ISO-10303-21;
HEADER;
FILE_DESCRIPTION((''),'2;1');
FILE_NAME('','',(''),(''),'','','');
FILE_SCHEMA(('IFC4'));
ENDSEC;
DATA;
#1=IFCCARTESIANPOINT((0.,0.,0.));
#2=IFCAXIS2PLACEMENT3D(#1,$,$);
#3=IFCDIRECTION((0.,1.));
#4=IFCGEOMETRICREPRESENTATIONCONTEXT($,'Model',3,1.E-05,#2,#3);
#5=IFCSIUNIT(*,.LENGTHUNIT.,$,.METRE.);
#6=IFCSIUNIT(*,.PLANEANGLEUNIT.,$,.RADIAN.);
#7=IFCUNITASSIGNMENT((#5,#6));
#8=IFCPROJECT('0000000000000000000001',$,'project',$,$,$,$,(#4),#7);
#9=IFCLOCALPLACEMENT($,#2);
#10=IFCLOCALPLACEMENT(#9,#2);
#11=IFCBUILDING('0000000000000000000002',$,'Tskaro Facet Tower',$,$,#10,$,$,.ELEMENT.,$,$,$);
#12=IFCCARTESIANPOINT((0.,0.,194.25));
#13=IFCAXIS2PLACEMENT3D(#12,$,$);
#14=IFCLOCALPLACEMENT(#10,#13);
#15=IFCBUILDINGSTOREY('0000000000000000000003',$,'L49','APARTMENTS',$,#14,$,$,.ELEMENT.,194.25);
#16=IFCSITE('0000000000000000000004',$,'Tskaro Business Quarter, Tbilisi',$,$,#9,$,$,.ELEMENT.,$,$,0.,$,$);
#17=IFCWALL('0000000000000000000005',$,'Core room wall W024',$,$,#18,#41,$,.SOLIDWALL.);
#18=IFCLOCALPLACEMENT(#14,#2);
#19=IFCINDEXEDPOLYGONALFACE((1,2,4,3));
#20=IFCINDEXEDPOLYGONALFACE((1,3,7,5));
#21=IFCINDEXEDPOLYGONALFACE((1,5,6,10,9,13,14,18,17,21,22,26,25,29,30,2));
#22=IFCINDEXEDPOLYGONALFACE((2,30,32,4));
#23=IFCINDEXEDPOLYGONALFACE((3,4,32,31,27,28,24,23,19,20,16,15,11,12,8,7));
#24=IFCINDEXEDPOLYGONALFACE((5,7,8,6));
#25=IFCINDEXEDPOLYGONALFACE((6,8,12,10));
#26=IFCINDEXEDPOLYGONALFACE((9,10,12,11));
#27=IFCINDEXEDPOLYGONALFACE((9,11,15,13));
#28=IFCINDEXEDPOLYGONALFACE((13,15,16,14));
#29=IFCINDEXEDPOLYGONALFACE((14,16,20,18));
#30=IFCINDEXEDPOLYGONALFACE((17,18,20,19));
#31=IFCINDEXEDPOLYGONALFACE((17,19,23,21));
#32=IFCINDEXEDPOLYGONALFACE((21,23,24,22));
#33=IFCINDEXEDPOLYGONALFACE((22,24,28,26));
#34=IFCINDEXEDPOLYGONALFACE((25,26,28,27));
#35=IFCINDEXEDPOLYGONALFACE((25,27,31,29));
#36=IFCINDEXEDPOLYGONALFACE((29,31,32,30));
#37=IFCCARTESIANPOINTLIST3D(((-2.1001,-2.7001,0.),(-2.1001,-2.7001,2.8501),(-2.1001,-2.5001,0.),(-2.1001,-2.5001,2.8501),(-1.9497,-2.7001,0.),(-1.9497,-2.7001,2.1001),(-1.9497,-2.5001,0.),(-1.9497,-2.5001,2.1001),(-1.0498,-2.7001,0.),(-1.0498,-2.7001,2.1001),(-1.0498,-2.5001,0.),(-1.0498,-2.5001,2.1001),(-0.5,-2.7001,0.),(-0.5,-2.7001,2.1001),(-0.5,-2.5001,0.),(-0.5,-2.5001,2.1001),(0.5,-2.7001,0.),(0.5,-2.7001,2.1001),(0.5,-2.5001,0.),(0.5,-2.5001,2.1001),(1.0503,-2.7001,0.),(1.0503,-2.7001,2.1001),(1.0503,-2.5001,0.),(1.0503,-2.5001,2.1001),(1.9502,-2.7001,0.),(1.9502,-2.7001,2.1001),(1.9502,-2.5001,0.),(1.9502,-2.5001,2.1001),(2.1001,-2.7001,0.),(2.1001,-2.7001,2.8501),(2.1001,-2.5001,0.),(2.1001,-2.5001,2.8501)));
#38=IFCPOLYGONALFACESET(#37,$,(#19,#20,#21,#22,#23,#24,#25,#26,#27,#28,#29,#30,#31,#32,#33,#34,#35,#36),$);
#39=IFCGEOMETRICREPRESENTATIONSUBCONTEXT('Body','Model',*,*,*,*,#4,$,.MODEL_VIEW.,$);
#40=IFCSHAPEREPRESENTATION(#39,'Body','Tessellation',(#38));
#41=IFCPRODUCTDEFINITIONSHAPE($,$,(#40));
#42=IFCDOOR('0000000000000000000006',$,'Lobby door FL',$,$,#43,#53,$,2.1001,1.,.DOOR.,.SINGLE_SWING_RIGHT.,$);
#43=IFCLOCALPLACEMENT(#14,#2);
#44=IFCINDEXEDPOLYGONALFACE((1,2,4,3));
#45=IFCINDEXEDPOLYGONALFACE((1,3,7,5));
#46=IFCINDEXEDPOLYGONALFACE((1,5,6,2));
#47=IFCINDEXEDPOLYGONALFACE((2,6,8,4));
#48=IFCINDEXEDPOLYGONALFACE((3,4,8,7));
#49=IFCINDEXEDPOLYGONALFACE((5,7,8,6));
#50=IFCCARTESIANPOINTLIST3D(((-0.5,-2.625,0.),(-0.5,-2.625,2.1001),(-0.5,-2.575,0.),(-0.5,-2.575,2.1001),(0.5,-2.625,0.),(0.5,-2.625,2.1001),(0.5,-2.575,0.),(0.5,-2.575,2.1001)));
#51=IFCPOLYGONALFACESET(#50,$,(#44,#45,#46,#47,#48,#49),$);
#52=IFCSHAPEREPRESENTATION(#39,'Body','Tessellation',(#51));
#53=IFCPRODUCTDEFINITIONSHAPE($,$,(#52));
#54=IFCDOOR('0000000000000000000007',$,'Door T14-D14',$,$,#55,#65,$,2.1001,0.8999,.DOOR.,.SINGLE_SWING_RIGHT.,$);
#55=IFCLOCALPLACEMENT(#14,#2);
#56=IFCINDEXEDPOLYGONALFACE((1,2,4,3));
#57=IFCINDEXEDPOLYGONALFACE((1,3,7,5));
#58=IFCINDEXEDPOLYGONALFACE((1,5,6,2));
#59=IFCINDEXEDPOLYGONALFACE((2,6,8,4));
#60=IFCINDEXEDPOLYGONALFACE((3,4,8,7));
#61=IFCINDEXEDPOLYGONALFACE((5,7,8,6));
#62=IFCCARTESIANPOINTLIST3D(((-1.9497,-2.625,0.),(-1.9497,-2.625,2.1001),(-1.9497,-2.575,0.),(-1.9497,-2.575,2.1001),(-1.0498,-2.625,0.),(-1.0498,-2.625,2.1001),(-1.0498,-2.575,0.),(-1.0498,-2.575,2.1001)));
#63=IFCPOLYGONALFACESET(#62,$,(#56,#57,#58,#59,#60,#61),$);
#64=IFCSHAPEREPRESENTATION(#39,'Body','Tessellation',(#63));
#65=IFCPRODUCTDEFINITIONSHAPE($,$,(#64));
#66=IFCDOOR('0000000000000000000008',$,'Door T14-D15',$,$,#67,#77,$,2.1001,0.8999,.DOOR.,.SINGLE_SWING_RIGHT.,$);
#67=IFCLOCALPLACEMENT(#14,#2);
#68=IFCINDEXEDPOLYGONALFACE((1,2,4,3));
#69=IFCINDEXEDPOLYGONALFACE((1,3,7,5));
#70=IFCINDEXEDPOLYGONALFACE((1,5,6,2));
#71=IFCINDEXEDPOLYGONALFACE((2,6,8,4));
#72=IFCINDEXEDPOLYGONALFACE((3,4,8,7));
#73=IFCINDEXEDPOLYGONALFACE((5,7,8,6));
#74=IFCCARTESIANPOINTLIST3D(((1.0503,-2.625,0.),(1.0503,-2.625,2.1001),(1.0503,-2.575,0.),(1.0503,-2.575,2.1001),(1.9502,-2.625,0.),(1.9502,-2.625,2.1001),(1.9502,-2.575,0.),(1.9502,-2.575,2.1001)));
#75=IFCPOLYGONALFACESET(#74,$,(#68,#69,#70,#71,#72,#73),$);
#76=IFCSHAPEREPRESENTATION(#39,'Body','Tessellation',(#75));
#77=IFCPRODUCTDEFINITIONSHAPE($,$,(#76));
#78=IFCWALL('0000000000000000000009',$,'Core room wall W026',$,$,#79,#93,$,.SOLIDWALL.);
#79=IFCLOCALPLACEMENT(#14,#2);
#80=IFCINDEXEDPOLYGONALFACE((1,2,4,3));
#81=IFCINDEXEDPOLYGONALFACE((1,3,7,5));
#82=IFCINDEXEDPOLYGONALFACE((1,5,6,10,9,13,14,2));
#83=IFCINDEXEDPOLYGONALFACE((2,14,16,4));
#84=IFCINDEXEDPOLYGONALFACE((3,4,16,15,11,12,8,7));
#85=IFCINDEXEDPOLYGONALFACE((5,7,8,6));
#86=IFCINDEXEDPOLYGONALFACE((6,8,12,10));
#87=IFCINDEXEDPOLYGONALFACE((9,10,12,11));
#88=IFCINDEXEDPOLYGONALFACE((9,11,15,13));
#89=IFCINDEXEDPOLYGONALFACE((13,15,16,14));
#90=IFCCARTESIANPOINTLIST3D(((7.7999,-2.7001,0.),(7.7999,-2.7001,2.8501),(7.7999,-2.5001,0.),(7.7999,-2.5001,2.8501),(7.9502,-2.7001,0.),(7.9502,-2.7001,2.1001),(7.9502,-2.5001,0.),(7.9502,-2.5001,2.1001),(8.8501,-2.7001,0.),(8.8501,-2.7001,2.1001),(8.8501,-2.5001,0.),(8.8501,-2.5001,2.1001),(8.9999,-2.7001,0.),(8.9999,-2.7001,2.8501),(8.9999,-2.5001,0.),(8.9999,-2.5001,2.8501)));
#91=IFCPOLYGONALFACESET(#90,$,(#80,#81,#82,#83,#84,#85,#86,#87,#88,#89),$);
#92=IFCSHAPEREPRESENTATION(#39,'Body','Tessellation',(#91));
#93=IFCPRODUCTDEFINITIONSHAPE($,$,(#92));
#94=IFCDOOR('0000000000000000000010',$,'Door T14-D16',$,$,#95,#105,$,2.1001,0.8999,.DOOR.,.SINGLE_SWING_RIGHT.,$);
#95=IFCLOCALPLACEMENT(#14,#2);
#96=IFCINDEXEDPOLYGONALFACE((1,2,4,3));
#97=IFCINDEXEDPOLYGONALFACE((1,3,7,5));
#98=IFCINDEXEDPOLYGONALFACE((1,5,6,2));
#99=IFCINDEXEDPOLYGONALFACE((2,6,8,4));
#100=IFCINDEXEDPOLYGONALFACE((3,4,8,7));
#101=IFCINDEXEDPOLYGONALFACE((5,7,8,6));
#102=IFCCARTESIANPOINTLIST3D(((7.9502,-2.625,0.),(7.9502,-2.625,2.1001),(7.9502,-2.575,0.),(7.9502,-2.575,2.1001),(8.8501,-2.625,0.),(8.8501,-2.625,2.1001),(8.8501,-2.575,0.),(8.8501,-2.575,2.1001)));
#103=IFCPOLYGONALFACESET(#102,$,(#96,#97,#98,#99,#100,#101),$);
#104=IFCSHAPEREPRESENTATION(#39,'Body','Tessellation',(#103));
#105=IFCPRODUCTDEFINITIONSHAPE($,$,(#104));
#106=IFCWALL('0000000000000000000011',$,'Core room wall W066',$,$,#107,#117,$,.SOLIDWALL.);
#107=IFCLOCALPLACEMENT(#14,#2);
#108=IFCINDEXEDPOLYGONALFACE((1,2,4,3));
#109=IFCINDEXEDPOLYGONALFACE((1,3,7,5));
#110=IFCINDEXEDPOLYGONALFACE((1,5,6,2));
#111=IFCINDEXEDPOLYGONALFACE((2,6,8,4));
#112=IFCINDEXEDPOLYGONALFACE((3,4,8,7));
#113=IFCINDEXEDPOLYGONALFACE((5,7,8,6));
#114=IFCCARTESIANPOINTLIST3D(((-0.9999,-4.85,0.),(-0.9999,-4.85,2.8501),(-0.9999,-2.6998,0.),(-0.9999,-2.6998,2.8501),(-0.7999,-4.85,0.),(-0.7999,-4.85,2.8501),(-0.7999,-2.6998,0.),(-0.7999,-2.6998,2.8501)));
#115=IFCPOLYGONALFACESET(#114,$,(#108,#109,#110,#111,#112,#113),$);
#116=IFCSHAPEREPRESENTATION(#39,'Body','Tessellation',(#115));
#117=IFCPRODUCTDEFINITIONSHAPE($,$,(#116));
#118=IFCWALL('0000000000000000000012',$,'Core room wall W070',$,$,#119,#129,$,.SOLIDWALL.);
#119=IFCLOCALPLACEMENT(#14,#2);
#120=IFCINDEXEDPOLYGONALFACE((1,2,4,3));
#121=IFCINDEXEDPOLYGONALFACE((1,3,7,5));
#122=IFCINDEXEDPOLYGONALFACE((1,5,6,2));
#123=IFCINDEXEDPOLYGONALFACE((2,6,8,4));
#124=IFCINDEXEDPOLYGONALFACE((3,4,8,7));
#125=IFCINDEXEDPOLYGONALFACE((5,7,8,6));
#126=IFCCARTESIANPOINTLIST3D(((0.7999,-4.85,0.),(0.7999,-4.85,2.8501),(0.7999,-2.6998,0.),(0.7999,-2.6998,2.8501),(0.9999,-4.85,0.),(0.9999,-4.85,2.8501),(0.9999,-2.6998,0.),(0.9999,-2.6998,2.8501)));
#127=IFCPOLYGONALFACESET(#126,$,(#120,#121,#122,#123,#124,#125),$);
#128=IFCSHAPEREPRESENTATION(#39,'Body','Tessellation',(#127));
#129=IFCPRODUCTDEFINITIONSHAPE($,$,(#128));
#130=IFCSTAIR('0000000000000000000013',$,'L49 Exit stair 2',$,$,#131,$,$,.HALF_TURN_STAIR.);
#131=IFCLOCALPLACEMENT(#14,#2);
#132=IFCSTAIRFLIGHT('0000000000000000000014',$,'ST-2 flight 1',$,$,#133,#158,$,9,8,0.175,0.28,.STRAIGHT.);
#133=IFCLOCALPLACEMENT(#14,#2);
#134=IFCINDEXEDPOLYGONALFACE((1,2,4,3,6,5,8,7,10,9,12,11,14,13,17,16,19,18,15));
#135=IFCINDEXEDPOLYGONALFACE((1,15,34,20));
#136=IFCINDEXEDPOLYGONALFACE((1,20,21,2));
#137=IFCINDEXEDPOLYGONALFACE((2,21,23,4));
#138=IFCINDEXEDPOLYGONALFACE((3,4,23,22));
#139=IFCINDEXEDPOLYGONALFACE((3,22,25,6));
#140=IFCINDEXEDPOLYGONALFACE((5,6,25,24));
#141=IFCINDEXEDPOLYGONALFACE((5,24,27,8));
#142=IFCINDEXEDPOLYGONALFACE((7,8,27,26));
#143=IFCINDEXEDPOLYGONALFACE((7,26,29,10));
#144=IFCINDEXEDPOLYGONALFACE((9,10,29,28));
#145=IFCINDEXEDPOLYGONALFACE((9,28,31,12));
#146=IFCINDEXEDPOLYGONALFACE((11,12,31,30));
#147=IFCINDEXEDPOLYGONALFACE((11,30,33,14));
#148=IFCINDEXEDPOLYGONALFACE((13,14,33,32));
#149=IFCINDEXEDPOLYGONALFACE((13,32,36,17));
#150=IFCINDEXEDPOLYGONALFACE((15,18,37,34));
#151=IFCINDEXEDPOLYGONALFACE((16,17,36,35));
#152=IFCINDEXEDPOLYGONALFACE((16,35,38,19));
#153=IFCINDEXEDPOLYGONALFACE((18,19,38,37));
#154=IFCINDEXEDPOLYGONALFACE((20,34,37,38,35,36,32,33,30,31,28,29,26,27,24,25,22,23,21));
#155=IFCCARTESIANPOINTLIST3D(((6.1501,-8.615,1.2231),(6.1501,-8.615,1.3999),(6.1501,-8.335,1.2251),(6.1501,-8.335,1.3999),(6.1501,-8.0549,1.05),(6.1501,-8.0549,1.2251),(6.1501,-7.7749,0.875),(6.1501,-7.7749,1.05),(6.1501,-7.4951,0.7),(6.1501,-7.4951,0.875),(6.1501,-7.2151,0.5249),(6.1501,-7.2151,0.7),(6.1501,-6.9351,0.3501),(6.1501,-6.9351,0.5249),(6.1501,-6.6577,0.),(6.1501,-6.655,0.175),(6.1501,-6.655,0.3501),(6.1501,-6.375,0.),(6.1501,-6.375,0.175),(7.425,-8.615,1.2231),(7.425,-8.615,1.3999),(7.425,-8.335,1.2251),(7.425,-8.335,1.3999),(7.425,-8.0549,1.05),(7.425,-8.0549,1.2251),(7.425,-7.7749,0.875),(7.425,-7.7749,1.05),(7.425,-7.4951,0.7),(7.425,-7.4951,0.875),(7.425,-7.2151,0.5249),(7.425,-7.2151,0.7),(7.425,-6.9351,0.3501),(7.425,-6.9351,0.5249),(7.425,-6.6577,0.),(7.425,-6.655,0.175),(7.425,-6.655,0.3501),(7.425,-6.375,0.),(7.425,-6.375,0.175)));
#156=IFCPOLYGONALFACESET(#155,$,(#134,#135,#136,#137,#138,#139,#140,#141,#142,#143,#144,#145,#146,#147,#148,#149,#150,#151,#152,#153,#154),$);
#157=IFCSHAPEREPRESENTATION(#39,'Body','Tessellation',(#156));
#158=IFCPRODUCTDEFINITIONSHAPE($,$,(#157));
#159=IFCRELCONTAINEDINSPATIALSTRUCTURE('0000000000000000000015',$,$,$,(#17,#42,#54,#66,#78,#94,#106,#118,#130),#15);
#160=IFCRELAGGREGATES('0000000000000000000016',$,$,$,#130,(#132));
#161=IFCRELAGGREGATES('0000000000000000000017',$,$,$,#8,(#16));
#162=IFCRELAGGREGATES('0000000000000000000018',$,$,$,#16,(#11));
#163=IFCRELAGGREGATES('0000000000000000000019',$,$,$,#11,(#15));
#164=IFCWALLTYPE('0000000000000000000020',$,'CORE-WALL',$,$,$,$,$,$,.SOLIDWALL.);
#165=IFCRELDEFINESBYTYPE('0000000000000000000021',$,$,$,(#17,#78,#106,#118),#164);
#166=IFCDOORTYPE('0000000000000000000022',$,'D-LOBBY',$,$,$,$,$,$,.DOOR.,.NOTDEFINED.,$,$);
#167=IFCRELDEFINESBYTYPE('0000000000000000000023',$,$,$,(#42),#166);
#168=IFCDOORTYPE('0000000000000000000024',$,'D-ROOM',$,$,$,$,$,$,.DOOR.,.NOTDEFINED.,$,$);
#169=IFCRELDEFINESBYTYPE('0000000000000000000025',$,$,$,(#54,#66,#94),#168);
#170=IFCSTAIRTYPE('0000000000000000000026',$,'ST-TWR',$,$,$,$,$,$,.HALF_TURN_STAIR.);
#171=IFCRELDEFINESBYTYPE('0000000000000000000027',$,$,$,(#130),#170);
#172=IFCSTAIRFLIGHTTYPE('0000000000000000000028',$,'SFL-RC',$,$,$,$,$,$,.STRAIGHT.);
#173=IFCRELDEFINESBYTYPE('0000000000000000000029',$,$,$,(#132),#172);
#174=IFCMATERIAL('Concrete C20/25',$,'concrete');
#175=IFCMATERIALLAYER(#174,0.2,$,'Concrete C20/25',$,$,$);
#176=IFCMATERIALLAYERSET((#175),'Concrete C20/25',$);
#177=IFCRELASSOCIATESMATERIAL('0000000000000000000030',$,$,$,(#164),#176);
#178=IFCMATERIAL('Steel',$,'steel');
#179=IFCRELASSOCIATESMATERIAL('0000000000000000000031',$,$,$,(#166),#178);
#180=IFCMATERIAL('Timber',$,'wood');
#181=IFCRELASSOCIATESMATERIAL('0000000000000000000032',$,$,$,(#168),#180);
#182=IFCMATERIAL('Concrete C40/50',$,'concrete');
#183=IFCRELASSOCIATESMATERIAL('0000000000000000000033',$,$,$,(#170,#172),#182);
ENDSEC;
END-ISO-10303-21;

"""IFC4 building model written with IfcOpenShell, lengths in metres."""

from ifc_helpers import new_model, si_unit, direction, frame, frame_2d, origin, place, context, subcontext, project, spatial, polyline, rectangle, outline, extrude, material, layer, layer_set, type_object, element, fill, aggregate, save


model = new_model("IFC4")

# Units and contexts
model_context = context("Model", 3, precision=1e-05, world=origin(), true_north=direction((0.0, 1.0)))
body_context = subcontext(model_context, "Body", "Model", "MODEL_VIEW")
ifc_project = project(units=[si_unit("LENGTHUNIT", "METRE"), si_unit("PLANEANGLEUNIT", "RADIAN")], contexts=[model_context])

# Site, building, storey
site_placement = place(None, origin())
site = spatial("IfcSite", under=ifc_project, at=site_placement, Name="Tskaro Business Quarter, Tbilisi", CompositionType="ELEMENT", RefElevation=0.0)
building_placement = place(site_placement, origin())
building = spatial("IfcBuilding", under=site, at=building_placement, Name="Tskaro Facet Tower", CompositionType="ELEMENT")
storey_placement = place(building_placement, frame((0.0, 0.0, 194.25)))
storey = spatial("IfcBuildingStorey", under=building, at=storey_placement, Name="L49", Description="APARTMENTS", CompositionType="ELEMENT", Elevation=194.25)

# Shared definitions
ifc_material_1 = material(Name="Steel", Category="steel")

# Shared definitions
ifc_material_2 = material(Name="Concrete C20/25", Category="concrete")
ifc_layer_1 = layer(ifc_material_2, 0.2, Name="Concrete C20/25")
ifc_layer_set_1 = layer_set([ifc_layer_1], Name="Concrete C20/25")
wall_type_1 = type_object("IfcWallType", Name="CORE-WALL", PredefinedType="SOLIDWALL", material=ifc_layer_set_1)

# Wall, openings, doors
wall_1_placement = place(storey_placement, frame((2.1001, -2.6001, 0.0), z_axis=(0.0, 0.0, 1.0), x_axis=(-1.0, 0.0, 0.0)))
wall_1 = element("IfcWall", 1, at=wall_1_placement, inside=storey, type_object=wall_type_1, Name="Core room wall W024", PredefinedType="SOLIDWALL", context=body_context, shape_type="SweptSolid", body=[
    extrude(rectangle(XDim=4.2002, YDim=0.2, at=frame_2d((2.1001, 0.0))), origin(), (0.0, 0.0, 1.0), 2.8501),
])
opening_1_placement = place(wall_1_placement, frame((1.6001, 0.0, 0.0)))
opening_1 = element("IfcOpeningElement", 2, at=opening_1_placement, cuts=wall_1, PredefinedType="OPENING", context=body_context, shape_type="SweptSolid", body=[
    extrude(rectangle(XDim=1.0, YDim=2.1001, at=frame_2d((0.5, 1.05))), frame((0.0, 0.1099, 0.0), z_axis=(0.0, -1.0, 0.0), x_axis=(1.0, 0.0, 0.0)), (0.0, 0.0, 1.0), 0.22),
])
opening_2_placement = place(wall_1_placement, frame((3.1499, 0.0, 0.0)))
opening_2 = element("IfcOpeningElement", 3, at=opening_2_placement, cuts=wall_1, PredefinedType="OPENING", context=body_context, shape_type="SweptSolid", body=[
    extrude(rectangle(XDim=0.8999, YDim=2.1001, at=frame_2d((0.45, 1.05))), frame((0.0, 0.1099, 0.0), z_axis=(0.0, -1.0, 0.0), x_axis=(1.0, 0.0, 0.0)), (0.0, 0.0, 1.0), 0.22),
])
opening_3_placement = place(wall_1_placement, frame((0.1499, 0.0, 0.0)))
opening_3 = element("IfcOpeningElement", 4, at=opening_3_placement, cuts=wall_1, PredefinedType="OPENING", context=body_context, shape_type="SweptSolid", body=[
    extrude(rectangle(XDim=0.8999, YDim=2.1001, at=frame_2d((0.45, 1.05))), frame((0.0, 0.1099, 0.0), z_axis=(0.0, -1.0, 0.0), x_axis=(1.0, 0.0, 0.0)), (0.0, 0.0, 1.0), 0.22),
])
door_type_1 = type_object("IfcDoorType", Name="D-LOBBY", OperationType="NOTDEFINED", PredefinedType="DOOR", material=ifc_material_1)
door_1_placement = place(opening_1_placement, origin())
door_1 = element("IfcDoor", 5, at=door_1_placement, inside=storey, type_object=door_type_1, Name="Lobby door FL", OperationType="SINGLE_SWING_RIGHT", OverallHeight=2.1001, OverallWidth=1.0, PredefinedType="DOOR", context=body_context, shape_type="SweptSolid", body=[
    extrude(rectangle(XDim=1.0, YDim=2.1001, at=frame_2d((0.5, 1.05))), frame((0.0, 0.0249, 0.0), z_axis=(0.0, -1.0, 0.0), x_axis=(1.0, 0.0, 0.0)), (0.0, 0.0, 1.0), 0.05),
])
fill(opening_1, door_1)
ifc_material_3 = material(Name="Timber", Category="wood")
door_type_2 = type_object("IfcDoorType", Name="D-ROOM", OperationType="NOTDEFINED", PredefinedType="DOOR", material=ifc_material_3)
door_2_placement = place(opening_2_placement, origin())
door_2 = element("IfcDoor", 6, at=door_2_placement, inside=storey, type_object=door_type_2, Name="Door T14-D14", OperationType="SINGLE_SWING_RIGHT", OverallHeight=2.1001, OverallWidth=0.8999, PredefinedType="DOOR", context=body_context, shape_type="SweptSolid", body=[
    extrude(rectangle(XDim=0.8999, YDim=2.1001, at=frame_2d((0.45, 1.05))), frame((0.0, 0.0249, 0.0), z_axis=(0.0, -1.0, 0.0), x_axis=(1.0, 0.0, 0.0)), (0.0, 0.0, 1.0), 0.05),
])
fill(opening_2, door_2)
door_3_placement = place(opening_3_placement, origin())
door_3 = element("IfcDoor", 7, at=door_3_placement, inside=storey, type_object=door_type_2, Name="Door T14-D15", OperationType="SINGLE_SWING_RIGHT", OverallHeight=2.1001, OverallWidth=0.8999, PredefinedType="DOOR", context=body_context, shape_type="SweptSolid", body=[
    extrude(rectangle(XDim=0.8999, YDim=2.1001, at=frame_2d((0.45, 1.05))), frame((0.0, 0.0249, 0.0), z_axis=(0.0, -1.0, 0.0), x_axis=(1.0, 0.0, 0.0)), (0.0, 0.0, 1.0), 0.05),
])
fill(opening_3, door_3)

# Wall, opening, door
wall_2_placement = place(storey_placement, frame((9.0, -2.6001, 0.0), z_axis=(0.0, 0.0, 1.0), x_axis=(-1.0, 0.0, 0.0)))
wall_2 = element("IfcWall", 8, at=wall_2_placement, inside=storey, type_object=wall_type_1, Name="Core room wall W026", PredefinedType="SOLIDWALL", context=body_context, shape_type="SweptSolid", body=[
    extrude(rectangle(XDim=1.2, YDim=0.2, at=frame_2d((0.6001, 0.0))), origin(), (0.0, 0.0, 1.0), 2.8501),
])
opening_4_placement = place(wall_2_placement, frame((0.1499, 0.0, 0.0)))
opening_4 = element("IfcOpeningElement", 9, at=opening_4_placement, cuts=wall_2, PredefinedType="OPENING", context=body_context, shape_type="SweptSolid", body=[
    extrude(rectangle(XDim=0.8999, YDim=2.1001, at=frame_2d((0.45, 1.05))), frame((0.0, 0.1099, 0.0), z_axis=(0.0, -1.0, 0.0), x_axis=(1.0, 0.0, 0.0)), (0.0, 0.0, 1.0), 0.22),
])
door_4_placement = place(opening_4_placement, origin())
door_4 = element("IfcDoor", 10, at=door_4_placement, inside=storey, type_object=door_type_2, Name="Door T14-D16", OperationType="SINGLE_SWING_RIGHT", OverallHeight=2.1001, OverallWidth=0.8999, PredefinedType="DOOR", context=body_context, shape_type="SweptSolid", body=[
    extrude(rectangle(XDim=0.8999, YDim=2.1001, at=frame_2d((0.45, 1.05))), frame((0.0, 0.0249, 0.0), z_axis=(0.0, -1.0, 0.0), x_axis=(1.0, 0.0, 0.0)), (0.0, 0.0, 1.0), 0.05),
])
fill(opening_4, door_4)

# Walls
for number, where, z_axis, x_axis, name in (
    (11, (-0.8999, -4.8501, 0.0), (0.0, 0.0, 1.0), (0.0, 1.0, 0.0), "Core room wall W066"),
    (12, (0.8999, -4.8501, 0.0), (0.0, 0.0, 1.0), (0.0, 1.0, 0.0), "Core room wall W070"),
):
    element("IfcWall", number, at=place(storey_placement, frame(where, z_axis=z_axis, x_axis=x_axis)), inside=storey, type_object=wall_type_1, Name=name, PredefinedType="SOLIDWALL", context=body_context, shape_type="SweptSolid", body=[
        extrude(rectangle(XDim=2.1501, YDim=0.2, at=frame_2d((1.0752, 0.0))), origin(), (0.0, 0.0, 1.0), 2.8501),
    ])

# Stair, stair flight
ifc_material_4 = material(Name="Concrete C40/50", Category="concrete")
stair_type = type_object("IfcStairType", Name="ST-TWR", PredefinedType="HALF_TURN_STAIR", material=ifc_material_4)
stair_placement = place(storey_placement, origin())
stair = element("IfcStair", 13, at=stair_placement, inside=storey, type_object=stair_type, Name="L49 Exit stair 2", PredefinedType="HALF_TURN_STAIR")
stair_flight_type = type_object("IfcStairFlightType", Name="SFL-RC", PredefinedType="STRAIGHT", material=ifc_material_4)
stair_flight_1_placement = place(storey_placement, frame((6.7876, -6.375, 0.0), z_axis=(0.0, 0.0, 1.0), x_axis=(0.0, -1.0, 0.0)))
stair_flight_1 = element("IfcStairFlight", 14, at=stair_flight_1_placement, type_object=stair_flight_type, Name="ST-2 flight 1", NumberOfRisers=9, NumberOfTreads=8, PredefinedType="STRAIGHT", RiserHeight=0.175, TreadLength=0.28, context=body_context, shape_type="SweptSolid", body=[
    extrude(outline(polyline([(0.0, 0.0), (0.0, 0.175), (0.28, 0.175), (0.28, 0.3501), (0.5601, 0.3501), (0.5601, 0.5249), (0.8401, 0.5249), (0.8401, 0.7), (1.1201, 0.7), (1.1201, 0.875), (1.3999, 0.875), (1.3999, 1.05), (1.6799, 1.05), (1.6799, 1.2251), (1.96, 1.2251), (1.96, 1.3999), (2.24, 1.3999), (2.24, 1.575), (2.24, 1.2231), (0.2827, 0.0), (0.0, 0.0)])), frame((0.0, 0.6375, 0.0), z_axis=(0.0, -1.0, 0.0), x_axis=(1.0, 0.0, 0.0)), (0.0, 0.0, 1.0), 1.2749),
])
aggregate(stair, [stair_flight_1])

save(model, "model.ifc")
